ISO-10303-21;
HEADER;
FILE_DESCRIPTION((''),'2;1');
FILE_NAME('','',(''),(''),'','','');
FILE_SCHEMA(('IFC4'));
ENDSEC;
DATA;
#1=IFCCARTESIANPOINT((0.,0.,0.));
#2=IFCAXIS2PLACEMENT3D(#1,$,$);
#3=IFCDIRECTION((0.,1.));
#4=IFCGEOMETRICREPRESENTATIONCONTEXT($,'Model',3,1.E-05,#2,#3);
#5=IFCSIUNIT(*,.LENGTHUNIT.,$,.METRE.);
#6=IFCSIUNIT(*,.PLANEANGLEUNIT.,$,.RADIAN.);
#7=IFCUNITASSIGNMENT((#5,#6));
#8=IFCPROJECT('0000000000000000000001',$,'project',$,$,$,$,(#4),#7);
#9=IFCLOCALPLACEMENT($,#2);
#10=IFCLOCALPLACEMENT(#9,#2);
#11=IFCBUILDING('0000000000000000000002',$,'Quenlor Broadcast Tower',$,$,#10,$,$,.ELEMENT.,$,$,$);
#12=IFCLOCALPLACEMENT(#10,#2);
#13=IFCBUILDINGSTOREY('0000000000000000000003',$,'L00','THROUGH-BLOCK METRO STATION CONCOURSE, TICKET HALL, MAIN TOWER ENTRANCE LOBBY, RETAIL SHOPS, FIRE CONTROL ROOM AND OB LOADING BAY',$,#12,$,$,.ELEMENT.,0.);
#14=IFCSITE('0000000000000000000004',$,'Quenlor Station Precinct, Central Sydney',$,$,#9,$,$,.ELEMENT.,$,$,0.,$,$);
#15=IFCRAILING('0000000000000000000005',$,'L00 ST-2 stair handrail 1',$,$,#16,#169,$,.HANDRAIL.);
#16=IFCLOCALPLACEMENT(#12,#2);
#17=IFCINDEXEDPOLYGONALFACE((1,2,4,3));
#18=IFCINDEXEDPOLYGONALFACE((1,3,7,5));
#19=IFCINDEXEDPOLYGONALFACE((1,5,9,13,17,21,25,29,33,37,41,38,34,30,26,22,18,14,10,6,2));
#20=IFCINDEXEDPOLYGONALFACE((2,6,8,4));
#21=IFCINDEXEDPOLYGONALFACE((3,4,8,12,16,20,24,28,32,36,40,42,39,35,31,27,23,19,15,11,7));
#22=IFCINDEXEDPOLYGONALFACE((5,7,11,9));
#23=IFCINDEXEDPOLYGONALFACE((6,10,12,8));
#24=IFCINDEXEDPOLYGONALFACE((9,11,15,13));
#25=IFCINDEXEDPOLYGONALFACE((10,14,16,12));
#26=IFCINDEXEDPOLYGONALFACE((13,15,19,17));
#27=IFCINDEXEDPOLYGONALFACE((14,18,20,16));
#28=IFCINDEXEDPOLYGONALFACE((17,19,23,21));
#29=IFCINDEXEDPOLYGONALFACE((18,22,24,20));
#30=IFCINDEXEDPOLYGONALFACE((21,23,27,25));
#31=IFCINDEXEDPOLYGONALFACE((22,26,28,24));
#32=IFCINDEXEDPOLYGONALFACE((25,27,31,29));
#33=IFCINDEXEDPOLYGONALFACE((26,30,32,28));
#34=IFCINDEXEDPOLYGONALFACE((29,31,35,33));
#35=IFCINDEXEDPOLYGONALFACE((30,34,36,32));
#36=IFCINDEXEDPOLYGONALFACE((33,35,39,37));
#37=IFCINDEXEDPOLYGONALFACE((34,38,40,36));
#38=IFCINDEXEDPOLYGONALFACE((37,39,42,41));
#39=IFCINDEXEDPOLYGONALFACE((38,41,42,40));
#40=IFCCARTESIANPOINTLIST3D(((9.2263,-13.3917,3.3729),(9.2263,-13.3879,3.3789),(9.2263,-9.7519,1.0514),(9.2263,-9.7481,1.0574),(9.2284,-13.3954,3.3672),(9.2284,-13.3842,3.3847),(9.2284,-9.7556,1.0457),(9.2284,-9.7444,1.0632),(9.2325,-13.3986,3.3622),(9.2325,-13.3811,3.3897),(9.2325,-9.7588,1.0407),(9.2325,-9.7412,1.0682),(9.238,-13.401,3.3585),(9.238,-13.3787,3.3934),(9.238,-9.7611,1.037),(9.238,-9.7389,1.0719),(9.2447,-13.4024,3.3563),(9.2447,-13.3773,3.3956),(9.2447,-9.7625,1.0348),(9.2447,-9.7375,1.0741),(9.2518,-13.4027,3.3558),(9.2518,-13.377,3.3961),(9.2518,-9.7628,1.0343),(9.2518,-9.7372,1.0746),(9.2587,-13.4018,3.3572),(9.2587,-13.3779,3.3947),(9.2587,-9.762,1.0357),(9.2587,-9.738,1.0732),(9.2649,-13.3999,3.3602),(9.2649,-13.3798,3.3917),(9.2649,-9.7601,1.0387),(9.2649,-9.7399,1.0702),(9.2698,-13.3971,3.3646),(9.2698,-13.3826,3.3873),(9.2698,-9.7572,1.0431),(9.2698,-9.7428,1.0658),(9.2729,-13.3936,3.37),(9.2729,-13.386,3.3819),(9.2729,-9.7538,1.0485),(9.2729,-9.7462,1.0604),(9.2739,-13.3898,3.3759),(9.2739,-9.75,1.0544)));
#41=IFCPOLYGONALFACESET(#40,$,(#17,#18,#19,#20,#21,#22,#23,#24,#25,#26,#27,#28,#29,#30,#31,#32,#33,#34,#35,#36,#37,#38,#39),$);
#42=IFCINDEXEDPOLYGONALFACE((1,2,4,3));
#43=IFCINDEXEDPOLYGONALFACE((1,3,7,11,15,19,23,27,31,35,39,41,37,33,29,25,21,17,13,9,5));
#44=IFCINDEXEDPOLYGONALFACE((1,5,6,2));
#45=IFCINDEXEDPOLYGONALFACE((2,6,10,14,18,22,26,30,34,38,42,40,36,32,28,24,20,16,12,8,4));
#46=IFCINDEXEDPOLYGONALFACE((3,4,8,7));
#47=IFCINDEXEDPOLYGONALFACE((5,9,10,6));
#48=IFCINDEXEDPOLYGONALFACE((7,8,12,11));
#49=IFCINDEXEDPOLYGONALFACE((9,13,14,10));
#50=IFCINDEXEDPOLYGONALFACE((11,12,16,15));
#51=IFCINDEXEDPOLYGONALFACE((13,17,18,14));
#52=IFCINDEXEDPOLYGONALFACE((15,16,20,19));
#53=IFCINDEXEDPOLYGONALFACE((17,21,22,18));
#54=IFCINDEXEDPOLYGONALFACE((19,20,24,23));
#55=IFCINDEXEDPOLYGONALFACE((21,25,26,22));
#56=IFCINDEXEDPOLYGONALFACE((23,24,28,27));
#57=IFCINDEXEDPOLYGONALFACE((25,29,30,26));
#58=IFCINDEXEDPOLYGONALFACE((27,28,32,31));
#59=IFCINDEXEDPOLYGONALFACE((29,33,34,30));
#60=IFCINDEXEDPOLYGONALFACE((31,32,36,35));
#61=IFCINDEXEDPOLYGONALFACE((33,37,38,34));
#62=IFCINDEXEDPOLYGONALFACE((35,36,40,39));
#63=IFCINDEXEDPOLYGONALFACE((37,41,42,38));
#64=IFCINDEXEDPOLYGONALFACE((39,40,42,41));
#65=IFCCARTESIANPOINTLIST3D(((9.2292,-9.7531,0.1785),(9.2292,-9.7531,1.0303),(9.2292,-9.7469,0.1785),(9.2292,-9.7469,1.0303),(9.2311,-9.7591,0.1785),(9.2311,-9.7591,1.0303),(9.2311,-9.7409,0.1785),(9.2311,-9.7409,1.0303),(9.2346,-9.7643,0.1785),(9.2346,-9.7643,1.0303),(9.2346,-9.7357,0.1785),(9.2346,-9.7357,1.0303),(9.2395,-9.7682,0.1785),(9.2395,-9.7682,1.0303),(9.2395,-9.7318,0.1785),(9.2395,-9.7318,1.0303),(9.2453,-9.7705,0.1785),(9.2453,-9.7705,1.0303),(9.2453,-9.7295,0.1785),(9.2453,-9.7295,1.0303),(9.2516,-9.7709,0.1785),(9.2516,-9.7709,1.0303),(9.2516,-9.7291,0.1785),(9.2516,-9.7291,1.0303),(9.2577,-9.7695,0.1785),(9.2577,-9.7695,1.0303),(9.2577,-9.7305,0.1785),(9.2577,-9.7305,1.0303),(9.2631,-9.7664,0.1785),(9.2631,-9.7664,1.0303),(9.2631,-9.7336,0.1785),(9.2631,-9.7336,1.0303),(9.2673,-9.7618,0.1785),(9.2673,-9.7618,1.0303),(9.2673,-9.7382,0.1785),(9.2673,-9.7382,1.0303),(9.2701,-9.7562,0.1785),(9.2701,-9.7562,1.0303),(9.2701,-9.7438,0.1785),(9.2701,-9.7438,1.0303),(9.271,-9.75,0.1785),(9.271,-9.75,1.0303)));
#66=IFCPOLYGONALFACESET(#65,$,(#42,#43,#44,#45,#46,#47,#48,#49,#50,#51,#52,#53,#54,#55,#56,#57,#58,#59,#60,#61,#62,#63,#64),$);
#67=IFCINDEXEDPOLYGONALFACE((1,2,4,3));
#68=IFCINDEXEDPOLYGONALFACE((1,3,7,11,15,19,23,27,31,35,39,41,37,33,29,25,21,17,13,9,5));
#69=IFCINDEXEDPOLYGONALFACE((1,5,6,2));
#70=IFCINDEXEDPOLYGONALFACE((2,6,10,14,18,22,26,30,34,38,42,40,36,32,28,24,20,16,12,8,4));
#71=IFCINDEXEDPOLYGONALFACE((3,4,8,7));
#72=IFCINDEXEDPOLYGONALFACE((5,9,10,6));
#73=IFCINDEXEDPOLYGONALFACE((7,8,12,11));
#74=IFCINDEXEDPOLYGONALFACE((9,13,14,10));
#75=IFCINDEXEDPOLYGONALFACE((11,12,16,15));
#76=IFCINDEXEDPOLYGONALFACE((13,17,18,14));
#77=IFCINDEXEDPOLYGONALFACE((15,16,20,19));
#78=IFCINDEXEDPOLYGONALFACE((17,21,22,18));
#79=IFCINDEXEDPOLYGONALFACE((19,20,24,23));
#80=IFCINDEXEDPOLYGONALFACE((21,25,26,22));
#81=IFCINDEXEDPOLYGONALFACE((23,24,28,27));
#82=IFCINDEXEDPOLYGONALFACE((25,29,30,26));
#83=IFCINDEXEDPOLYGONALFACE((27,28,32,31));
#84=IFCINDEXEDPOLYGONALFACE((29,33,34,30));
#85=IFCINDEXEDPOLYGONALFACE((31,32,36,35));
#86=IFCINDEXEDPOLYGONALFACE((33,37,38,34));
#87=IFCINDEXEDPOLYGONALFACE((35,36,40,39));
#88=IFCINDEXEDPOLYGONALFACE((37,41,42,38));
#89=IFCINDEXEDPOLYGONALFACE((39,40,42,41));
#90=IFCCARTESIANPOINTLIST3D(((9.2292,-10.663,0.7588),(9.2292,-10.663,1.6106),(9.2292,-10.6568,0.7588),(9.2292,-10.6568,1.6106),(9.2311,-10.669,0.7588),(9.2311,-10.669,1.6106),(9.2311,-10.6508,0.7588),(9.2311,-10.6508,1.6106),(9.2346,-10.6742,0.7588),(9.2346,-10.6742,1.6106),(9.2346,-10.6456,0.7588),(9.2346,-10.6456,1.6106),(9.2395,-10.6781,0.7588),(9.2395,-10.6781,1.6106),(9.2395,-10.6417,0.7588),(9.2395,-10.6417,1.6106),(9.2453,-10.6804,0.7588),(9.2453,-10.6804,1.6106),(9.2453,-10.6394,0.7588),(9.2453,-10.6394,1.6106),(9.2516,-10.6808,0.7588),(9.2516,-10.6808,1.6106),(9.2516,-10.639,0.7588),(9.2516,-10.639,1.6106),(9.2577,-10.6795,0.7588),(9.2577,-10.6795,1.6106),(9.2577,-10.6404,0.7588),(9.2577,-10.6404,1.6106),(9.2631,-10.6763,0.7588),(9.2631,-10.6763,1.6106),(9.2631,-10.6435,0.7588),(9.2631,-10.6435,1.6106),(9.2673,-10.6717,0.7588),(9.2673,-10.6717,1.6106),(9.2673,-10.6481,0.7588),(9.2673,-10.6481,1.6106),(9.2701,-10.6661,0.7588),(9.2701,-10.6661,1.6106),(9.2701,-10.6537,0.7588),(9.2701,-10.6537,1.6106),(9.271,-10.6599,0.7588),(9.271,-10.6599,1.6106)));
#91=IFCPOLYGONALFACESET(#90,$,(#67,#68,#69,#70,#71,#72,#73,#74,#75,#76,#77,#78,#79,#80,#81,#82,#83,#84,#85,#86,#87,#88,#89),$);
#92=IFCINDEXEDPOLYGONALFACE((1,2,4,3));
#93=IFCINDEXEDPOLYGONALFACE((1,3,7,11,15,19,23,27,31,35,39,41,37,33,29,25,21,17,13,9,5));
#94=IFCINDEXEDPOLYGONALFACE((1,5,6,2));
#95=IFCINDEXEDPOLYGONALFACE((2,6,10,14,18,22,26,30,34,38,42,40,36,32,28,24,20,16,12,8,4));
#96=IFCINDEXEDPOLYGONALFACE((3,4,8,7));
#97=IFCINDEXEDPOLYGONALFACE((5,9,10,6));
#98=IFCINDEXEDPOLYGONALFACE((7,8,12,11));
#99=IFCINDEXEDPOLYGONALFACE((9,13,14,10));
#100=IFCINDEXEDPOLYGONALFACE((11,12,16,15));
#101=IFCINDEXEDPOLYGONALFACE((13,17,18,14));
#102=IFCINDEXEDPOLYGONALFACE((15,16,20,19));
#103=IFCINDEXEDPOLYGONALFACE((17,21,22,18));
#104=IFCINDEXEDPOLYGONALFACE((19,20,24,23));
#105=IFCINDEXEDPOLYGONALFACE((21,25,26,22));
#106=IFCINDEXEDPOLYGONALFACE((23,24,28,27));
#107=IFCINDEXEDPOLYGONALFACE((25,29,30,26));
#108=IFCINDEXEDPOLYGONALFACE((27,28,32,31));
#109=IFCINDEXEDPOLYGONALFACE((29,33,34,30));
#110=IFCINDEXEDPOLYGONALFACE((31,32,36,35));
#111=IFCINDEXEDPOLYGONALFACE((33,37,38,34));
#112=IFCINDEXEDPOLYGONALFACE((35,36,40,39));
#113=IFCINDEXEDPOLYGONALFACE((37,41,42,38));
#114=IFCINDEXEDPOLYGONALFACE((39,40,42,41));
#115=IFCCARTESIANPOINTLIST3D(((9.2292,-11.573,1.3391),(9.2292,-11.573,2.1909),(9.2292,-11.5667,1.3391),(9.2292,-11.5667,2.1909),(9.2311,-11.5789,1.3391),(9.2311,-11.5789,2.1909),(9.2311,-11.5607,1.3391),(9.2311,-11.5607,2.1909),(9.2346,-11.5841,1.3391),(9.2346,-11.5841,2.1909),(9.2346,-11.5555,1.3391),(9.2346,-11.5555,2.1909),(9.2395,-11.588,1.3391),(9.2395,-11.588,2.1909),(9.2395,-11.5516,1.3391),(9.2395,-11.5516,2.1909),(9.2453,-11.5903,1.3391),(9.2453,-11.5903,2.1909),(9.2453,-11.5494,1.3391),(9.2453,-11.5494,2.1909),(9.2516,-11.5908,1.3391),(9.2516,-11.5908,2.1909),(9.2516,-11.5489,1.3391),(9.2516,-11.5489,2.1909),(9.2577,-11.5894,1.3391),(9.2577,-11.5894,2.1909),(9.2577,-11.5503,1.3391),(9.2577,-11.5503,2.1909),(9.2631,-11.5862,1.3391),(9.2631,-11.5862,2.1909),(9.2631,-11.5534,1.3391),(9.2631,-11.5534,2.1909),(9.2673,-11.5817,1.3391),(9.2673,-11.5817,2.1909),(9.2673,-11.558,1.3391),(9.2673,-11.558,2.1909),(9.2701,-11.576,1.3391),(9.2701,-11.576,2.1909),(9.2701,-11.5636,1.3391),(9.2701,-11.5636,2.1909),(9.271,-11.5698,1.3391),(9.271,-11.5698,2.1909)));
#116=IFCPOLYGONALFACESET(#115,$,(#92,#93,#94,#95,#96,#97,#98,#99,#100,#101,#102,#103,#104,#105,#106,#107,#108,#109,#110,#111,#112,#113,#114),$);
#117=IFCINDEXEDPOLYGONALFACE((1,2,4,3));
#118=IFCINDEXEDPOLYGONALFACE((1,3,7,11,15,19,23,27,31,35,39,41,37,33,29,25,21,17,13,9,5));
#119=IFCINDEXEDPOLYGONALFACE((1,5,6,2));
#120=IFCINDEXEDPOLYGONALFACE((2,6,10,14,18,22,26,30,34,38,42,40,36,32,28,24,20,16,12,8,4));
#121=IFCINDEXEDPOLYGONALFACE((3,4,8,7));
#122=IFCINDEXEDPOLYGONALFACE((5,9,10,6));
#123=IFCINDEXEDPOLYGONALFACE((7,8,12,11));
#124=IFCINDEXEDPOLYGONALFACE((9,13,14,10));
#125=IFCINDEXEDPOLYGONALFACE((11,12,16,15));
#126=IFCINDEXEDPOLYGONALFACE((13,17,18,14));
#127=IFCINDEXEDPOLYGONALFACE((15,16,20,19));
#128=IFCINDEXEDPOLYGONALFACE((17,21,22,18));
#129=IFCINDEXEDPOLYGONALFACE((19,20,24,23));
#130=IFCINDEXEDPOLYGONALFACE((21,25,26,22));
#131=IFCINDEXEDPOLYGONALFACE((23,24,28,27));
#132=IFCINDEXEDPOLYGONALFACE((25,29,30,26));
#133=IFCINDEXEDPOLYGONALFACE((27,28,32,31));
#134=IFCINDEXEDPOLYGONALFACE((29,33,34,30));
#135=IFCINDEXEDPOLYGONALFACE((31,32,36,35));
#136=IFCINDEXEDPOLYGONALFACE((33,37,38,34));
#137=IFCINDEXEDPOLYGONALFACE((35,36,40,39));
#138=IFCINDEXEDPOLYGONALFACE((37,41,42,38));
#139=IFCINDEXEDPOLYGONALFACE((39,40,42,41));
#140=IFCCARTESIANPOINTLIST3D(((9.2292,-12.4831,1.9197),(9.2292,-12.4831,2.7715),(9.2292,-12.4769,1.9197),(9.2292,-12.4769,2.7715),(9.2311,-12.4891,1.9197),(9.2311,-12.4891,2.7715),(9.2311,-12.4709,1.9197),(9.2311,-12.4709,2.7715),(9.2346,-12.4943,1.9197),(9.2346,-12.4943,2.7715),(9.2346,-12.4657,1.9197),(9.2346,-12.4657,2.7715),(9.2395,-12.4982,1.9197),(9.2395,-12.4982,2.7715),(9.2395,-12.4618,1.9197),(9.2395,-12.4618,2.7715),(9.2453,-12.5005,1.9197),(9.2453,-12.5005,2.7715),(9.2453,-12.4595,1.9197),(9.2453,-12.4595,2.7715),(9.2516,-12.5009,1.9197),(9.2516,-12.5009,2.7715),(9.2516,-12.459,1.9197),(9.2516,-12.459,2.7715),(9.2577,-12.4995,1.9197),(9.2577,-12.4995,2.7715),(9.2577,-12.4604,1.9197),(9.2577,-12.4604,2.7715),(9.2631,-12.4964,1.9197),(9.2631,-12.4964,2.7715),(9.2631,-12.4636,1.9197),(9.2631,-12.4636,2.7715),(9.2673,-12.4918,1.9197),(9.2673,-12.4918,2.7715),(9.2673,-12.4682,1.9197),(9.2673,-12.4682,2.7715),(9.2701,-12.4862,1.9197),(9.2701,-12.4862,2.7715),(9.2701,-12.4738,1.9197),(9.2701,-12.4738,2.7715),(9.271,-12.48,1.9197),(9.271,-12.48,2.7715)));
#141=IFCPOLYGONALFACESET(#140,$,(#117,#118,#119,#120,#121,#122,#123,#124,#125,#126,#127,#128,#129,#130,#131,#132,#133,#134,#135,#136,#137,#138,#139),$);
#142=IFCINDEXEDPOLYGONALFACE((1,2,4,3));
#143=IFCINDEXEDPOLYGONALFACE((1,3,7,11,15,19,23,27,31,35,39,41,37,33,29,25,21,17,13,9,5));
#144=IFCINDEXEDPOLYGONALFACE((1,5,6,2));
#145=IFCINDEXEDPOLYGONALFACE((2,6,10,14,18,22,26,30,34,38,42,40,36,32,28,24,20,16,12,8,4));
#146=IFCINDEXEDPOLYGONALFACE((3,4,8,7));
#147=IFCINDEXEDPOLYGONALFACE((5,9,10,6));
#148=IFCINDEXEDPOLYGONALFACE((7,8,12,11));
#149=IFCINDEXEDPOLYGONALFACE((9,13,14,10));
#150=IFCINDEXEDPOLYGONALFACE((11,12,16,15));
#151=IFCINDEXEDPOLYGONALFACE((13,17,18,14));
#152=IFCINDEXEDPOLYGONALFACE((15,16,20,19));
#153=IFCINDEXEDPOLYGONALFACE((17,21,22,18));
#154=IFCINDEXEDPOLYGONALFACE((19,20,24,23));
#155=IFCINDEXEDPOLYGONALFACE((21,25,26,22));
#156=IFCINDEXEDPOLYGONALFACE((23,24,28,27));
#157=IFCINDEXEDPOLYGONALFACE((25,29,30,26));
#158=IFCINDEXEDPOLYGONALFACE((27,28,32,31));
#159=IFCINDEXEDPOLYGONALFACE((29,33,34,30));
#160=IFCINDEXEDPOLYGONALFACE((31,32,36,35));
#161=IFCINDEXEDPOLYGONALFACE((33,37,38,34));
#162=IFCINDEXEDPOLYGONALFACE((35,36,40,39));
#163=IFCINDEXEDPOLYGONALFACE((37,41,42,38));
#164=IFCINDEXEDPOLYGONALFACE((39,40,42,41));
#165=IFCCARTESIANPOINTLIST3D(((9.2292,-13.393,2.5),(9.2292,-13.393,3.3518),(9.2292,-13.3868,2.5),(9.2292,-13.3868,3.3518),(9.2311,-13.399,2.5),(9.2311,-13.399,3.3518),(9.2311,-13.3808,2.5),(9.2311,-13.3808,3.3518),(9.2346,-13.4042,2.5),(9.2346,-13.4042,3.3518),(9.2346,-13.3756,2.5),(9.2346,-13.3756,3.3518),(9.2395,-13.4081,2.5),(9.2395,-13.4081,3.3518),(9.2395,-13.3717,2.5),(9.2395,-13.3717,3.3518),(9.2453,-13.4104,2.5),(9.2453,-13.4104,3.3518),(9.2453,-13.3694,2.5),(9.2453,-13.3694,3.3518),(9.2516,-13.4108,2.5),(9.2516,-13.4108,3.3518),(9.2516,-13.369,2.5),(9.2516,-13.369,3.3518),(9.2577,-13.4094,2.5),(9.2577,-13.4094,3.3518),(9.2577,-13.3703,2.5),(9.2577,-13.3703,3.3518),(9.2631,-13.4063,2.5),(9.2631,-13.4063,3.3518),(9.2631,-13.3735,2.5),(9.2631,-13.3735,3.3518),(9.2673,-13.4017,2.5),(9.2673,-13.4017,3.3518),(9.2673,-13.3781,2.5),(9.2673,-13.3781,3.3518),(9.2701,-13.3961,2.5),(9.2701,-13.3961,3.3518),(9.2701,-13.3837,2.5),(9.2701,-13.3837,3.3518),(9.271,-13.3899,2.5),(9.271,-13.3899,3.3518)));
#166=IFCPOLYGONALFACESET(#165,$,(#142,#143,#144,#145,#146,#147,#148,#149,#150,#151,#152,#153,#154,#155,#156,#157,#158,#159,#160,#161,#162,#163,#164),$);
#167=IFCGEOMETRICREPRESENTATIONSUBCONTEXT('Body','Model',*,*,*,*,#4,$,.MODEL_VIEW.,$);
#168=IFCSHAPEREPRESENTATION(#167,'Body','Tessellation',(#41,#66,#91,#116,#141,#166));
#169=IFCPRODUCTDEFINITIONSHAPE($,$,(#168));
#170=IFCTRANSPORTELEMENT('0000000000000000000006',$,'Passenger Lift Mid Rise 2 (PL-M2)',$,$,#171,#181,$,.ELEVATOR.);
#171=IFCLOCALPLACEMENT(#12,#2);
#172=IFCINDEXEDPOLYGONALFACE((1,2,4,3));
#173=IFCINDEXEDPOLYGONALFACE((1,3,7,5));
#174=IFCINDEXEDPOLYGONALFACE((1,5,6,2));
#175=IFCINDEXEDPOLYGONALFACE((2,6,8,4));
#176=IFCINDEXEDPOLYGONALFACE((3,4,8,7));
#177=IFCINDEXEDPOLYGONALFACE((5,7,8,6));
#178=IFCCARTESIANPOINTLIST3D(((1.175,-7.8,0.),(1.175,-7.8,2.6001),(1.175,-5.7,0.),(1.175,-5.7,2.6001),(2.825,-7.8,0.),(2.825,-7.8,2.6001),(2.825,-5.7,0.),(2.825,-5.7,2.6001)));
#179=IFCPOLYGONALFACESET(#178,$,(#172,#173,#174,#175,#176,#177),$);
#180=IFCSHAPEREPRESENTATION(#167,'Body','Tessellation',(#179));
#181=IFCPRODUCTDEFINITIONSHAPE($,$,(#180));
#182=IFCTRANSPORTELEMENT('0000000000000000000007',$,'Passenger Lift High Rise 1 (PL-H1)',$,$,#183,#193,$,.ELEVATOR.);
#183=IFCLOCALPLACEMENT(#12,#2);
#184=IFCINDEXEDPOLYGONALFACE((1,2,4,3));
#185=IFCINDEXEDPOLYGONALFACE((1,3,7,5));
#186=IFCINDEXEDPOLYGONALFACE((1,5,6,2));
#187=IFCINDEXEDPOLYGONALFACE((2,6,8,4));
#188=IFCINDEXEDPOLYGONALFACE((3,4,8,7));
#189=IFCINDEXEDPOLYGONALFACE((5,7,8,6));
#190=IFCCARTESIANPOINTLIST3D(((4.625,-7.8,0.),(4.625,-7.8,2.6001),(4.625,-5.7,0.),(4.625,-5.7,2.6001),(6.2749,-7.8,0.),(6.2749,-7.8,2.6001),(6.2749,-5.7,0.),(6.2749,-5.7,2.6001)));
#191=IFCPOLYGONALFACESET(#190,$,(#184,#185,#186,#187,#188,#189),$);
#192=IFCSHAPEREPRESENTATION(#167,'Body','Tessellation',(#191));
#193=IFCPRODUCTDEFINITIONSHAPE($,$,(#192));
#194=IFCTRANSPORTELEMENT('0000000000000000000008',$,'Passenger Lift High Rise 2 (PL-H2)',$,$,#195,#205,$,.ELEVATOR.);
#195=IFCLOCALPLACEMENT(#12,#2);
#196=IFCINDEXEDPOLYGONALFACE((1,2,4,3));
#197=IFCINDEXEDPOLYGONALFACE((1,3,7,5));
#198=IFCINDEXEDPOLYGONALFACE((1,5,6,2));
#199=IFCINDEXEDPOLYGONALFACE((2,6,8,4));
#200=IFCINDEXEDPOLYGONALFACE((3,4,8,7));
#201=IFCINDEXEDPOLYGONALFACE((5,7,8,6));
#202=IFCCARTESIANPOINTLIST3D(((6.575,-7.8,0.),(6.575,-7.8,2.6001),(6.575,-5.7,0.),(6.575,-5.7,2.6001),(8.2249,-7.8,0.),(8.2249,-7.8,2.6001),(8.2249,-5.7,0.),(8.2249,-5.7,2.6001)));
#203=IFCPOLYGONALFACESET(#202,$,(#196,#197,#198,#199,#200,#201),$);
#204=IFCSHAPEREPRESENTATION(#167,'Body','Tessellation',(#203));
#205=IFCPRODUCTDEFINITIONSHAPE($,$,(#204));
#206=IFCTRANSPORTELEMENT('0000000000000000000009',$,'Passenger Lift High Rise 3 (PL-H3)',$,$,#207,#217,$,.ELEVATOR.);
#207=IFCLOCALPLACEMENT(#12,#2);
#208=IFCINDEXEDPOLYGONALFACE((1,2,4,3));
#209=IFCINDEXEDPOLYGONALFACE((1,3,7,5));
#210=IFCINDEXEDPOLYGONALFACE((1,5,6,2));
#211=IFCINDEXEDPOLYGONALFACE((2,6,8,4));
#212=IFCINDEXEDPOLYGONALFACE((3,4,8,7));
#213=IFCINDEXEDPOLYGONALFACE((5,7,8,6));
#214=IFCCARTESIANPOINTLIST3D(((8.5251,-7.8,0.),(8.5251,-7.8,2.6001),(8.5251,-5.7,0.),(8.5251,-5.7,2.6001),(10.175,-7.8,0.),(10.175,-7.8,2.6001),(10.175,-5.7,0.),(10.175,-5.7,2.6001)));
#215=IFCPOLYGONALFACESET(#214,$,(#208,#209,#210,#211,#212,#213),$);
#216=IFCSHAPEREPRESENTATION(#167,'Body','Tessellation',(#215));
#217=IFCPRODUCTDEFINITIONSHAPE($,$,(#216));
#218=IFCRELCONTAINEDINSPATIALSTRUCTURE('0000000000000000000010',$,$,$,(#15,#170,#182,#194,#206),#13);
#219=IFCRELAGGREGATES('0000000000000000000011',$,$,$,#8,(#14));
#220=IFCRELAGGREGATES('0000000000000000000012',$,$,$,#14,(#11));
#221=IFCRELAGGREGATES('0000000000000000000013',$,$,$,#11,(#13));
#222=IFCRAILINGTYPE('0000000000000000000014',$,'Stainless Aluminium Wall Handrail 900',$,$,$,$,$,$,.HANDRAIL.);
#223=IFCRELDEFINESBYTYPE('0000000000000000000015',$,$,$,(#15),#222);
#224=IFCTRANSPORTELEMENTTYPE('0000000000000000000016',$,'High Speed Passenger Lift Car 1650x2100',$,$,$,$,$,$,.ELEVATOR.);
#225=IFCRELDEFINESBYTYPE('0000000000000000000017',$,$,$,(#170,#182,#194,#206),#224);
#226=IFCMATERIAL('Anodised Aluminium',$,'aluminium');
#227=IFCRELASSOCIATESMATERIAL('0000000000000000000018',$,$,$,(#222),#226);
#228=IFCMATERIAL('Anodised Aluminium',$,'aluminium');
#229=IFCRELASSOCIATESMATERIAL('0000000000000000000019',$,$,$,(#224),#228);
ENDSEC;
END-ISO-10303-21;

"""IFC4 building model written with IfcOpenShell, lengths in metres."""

from ifc_helpers import new_model, si_unit, direction, frame, origin, origin_2d, place, context, subcontext, project, spatial, rectangle, circle, extrude, material, type_object, element, save


model = new_model("IFC4")

# Units and contexts
model_context = context("Model", 3, precision=1e-05, world=origin(), true_north=direction((0.0, 1.0)))
body_context = subcontext(model_context, "Body", "Model", "MODEL_VIEW")
ifc_project = project(units=[si_unit("LENGTHUNIT", "METRE"), si_unit("PLANEANGLEUNIT", "RADIAN")], contexts=[model_context])

# Site, building, storey
site_placement = place(None, origin())
site = spatial("IfcSite", under=ifc_project, at=site_placement, Name="Quenlor Station Precinct, Central Sydney", CompositionType="ELEMENT", RefElevation=0.0)
building_placement = place(site_placement, origin())
building = spatial("IfcBuilding", under=site, at=building_placement, Name="Quenlor Broadcast Tower", CompositionType="ELEMENT")
storey_placement = place(building_placement, origin())
storey = spatial("IfcBuildingStorey", under=building, at=storey_placement, Name="L00", Description="THROUGH-BLOCK METRO STATION CONCOURSE, TICKET HALL, MAIN TOWER ENTRANCE LOBBY, RETAIL SHOPS, FIRE CONTROL ROOM AND OB LOADING BAY", CompositionType="ELEMENT", Elevation=0.0)

# Railing
ifc_material_1 = material(Name="Anodised Aluminium", Category="aluminium")
railing_type = type_object("IfcRailingType", Name="Stainless Aluminium Wall Handrail 900", PredefinedType="HANDRAIL", material=ifc_material_1)
railing_placement = place(storey_placement, frame((9.25, -9.75, 0.1785)))
element("IfcRailing", 1, at=railing_placement, inside=storey, type_object=railing_type, Name="L00 ST-2 stair handrail 1", PredefinedType="HANDRAIL", context=body_context, shape_type="SweptSolid", body=[
    extrude(circle(Radius=0.0239, at=origin_2d()), frame((0.0, 0.0, 0.876), z_axis=(0.0, -0.843112, 0.537739), x_axis=(1.0, 0.0, 0.0)), (0.0, 0.0, 1.0), 4.3171),
    extrude(circle(Radius=0.021, at=origin_2d()), origin(), (0.0, 0.0, 1.0), 0.8518),
    extrude(circle(Radius=0.021, at=origin_2d()), frame((0.0, -0.9099, 0.5803)), (0.0, 0.0, 1.0), 0.8518),
    extrude(circle(Radius=0.021, at=origin_2d()), frame((0.0, -1.8198, 1.1606)), (0.0, 0.0, 1.0), 0.8518),
    extrude(circle(Radius=0.021, at=origin_2d()), frame((0.0, -2.73, 1.7412)), (0.0, 0.0, 1.0), 0.8518),
    extrude(circle(Radius=0.021, at=origin_2d()), frame((0.0, -3.6399, 2.3215)), (0.0, 0.0, 1.0), 0.8518),
])

# Transport elements
ifc_material_2 = material(Name="Anodised Aluminium", Category="aluminium")
transport_element_type = type_object("IfcTransportElementType", Name="High Speed Passenger Lift Car 1650x2100", PredefinedType="ELEVATOR", material=ifc_material_2)
for number, where, z_axis, x_axis, name in (
    (2, (2.0, -6.75, 0.0), (0.0, 0.0, 1.0), (1.0, 0.0, 0.0), "Passenger Lift Mid Rise 2 (PL-M2)"),
    (3, (5.45, -6.75, 0.0), (0.0, 0.0, 1.0), (1.0, 0.0, 0.0), "Passenger Lift High Rise 1 (PL-H1)"),
    (4, (7.3999, -6.75, 0.0), (0.0, 0.0, 1.0), (1.0, 0.0, 0.0), "Passenger Lift High Rise 2 (PL-H2)"),
    (5, (9.3501, -6.75, 0.0), (0.0, 0.0, 1.0), (1.0, 0.0, 0.0), "Passenger Lift High Rise 3 (PL-H3)"),
):
    element("IfcTransportElement", number, at=place(storey_placement, frame(where, z_axis=z_axis, x_axis=x_axis)), inside=storey, type_object=transport_element_type, Name=name, PredefinedType="ELEVATOR", context=body_context, shape_type="SweptSolid", body=[
        extrude(rectangle(XDim=1.6499, YDim=2.1001, at=origin_2d()), origin(), (0.0, 0.0, 1.0), 2.6001),
    ])

save(model, "model.ifc")
